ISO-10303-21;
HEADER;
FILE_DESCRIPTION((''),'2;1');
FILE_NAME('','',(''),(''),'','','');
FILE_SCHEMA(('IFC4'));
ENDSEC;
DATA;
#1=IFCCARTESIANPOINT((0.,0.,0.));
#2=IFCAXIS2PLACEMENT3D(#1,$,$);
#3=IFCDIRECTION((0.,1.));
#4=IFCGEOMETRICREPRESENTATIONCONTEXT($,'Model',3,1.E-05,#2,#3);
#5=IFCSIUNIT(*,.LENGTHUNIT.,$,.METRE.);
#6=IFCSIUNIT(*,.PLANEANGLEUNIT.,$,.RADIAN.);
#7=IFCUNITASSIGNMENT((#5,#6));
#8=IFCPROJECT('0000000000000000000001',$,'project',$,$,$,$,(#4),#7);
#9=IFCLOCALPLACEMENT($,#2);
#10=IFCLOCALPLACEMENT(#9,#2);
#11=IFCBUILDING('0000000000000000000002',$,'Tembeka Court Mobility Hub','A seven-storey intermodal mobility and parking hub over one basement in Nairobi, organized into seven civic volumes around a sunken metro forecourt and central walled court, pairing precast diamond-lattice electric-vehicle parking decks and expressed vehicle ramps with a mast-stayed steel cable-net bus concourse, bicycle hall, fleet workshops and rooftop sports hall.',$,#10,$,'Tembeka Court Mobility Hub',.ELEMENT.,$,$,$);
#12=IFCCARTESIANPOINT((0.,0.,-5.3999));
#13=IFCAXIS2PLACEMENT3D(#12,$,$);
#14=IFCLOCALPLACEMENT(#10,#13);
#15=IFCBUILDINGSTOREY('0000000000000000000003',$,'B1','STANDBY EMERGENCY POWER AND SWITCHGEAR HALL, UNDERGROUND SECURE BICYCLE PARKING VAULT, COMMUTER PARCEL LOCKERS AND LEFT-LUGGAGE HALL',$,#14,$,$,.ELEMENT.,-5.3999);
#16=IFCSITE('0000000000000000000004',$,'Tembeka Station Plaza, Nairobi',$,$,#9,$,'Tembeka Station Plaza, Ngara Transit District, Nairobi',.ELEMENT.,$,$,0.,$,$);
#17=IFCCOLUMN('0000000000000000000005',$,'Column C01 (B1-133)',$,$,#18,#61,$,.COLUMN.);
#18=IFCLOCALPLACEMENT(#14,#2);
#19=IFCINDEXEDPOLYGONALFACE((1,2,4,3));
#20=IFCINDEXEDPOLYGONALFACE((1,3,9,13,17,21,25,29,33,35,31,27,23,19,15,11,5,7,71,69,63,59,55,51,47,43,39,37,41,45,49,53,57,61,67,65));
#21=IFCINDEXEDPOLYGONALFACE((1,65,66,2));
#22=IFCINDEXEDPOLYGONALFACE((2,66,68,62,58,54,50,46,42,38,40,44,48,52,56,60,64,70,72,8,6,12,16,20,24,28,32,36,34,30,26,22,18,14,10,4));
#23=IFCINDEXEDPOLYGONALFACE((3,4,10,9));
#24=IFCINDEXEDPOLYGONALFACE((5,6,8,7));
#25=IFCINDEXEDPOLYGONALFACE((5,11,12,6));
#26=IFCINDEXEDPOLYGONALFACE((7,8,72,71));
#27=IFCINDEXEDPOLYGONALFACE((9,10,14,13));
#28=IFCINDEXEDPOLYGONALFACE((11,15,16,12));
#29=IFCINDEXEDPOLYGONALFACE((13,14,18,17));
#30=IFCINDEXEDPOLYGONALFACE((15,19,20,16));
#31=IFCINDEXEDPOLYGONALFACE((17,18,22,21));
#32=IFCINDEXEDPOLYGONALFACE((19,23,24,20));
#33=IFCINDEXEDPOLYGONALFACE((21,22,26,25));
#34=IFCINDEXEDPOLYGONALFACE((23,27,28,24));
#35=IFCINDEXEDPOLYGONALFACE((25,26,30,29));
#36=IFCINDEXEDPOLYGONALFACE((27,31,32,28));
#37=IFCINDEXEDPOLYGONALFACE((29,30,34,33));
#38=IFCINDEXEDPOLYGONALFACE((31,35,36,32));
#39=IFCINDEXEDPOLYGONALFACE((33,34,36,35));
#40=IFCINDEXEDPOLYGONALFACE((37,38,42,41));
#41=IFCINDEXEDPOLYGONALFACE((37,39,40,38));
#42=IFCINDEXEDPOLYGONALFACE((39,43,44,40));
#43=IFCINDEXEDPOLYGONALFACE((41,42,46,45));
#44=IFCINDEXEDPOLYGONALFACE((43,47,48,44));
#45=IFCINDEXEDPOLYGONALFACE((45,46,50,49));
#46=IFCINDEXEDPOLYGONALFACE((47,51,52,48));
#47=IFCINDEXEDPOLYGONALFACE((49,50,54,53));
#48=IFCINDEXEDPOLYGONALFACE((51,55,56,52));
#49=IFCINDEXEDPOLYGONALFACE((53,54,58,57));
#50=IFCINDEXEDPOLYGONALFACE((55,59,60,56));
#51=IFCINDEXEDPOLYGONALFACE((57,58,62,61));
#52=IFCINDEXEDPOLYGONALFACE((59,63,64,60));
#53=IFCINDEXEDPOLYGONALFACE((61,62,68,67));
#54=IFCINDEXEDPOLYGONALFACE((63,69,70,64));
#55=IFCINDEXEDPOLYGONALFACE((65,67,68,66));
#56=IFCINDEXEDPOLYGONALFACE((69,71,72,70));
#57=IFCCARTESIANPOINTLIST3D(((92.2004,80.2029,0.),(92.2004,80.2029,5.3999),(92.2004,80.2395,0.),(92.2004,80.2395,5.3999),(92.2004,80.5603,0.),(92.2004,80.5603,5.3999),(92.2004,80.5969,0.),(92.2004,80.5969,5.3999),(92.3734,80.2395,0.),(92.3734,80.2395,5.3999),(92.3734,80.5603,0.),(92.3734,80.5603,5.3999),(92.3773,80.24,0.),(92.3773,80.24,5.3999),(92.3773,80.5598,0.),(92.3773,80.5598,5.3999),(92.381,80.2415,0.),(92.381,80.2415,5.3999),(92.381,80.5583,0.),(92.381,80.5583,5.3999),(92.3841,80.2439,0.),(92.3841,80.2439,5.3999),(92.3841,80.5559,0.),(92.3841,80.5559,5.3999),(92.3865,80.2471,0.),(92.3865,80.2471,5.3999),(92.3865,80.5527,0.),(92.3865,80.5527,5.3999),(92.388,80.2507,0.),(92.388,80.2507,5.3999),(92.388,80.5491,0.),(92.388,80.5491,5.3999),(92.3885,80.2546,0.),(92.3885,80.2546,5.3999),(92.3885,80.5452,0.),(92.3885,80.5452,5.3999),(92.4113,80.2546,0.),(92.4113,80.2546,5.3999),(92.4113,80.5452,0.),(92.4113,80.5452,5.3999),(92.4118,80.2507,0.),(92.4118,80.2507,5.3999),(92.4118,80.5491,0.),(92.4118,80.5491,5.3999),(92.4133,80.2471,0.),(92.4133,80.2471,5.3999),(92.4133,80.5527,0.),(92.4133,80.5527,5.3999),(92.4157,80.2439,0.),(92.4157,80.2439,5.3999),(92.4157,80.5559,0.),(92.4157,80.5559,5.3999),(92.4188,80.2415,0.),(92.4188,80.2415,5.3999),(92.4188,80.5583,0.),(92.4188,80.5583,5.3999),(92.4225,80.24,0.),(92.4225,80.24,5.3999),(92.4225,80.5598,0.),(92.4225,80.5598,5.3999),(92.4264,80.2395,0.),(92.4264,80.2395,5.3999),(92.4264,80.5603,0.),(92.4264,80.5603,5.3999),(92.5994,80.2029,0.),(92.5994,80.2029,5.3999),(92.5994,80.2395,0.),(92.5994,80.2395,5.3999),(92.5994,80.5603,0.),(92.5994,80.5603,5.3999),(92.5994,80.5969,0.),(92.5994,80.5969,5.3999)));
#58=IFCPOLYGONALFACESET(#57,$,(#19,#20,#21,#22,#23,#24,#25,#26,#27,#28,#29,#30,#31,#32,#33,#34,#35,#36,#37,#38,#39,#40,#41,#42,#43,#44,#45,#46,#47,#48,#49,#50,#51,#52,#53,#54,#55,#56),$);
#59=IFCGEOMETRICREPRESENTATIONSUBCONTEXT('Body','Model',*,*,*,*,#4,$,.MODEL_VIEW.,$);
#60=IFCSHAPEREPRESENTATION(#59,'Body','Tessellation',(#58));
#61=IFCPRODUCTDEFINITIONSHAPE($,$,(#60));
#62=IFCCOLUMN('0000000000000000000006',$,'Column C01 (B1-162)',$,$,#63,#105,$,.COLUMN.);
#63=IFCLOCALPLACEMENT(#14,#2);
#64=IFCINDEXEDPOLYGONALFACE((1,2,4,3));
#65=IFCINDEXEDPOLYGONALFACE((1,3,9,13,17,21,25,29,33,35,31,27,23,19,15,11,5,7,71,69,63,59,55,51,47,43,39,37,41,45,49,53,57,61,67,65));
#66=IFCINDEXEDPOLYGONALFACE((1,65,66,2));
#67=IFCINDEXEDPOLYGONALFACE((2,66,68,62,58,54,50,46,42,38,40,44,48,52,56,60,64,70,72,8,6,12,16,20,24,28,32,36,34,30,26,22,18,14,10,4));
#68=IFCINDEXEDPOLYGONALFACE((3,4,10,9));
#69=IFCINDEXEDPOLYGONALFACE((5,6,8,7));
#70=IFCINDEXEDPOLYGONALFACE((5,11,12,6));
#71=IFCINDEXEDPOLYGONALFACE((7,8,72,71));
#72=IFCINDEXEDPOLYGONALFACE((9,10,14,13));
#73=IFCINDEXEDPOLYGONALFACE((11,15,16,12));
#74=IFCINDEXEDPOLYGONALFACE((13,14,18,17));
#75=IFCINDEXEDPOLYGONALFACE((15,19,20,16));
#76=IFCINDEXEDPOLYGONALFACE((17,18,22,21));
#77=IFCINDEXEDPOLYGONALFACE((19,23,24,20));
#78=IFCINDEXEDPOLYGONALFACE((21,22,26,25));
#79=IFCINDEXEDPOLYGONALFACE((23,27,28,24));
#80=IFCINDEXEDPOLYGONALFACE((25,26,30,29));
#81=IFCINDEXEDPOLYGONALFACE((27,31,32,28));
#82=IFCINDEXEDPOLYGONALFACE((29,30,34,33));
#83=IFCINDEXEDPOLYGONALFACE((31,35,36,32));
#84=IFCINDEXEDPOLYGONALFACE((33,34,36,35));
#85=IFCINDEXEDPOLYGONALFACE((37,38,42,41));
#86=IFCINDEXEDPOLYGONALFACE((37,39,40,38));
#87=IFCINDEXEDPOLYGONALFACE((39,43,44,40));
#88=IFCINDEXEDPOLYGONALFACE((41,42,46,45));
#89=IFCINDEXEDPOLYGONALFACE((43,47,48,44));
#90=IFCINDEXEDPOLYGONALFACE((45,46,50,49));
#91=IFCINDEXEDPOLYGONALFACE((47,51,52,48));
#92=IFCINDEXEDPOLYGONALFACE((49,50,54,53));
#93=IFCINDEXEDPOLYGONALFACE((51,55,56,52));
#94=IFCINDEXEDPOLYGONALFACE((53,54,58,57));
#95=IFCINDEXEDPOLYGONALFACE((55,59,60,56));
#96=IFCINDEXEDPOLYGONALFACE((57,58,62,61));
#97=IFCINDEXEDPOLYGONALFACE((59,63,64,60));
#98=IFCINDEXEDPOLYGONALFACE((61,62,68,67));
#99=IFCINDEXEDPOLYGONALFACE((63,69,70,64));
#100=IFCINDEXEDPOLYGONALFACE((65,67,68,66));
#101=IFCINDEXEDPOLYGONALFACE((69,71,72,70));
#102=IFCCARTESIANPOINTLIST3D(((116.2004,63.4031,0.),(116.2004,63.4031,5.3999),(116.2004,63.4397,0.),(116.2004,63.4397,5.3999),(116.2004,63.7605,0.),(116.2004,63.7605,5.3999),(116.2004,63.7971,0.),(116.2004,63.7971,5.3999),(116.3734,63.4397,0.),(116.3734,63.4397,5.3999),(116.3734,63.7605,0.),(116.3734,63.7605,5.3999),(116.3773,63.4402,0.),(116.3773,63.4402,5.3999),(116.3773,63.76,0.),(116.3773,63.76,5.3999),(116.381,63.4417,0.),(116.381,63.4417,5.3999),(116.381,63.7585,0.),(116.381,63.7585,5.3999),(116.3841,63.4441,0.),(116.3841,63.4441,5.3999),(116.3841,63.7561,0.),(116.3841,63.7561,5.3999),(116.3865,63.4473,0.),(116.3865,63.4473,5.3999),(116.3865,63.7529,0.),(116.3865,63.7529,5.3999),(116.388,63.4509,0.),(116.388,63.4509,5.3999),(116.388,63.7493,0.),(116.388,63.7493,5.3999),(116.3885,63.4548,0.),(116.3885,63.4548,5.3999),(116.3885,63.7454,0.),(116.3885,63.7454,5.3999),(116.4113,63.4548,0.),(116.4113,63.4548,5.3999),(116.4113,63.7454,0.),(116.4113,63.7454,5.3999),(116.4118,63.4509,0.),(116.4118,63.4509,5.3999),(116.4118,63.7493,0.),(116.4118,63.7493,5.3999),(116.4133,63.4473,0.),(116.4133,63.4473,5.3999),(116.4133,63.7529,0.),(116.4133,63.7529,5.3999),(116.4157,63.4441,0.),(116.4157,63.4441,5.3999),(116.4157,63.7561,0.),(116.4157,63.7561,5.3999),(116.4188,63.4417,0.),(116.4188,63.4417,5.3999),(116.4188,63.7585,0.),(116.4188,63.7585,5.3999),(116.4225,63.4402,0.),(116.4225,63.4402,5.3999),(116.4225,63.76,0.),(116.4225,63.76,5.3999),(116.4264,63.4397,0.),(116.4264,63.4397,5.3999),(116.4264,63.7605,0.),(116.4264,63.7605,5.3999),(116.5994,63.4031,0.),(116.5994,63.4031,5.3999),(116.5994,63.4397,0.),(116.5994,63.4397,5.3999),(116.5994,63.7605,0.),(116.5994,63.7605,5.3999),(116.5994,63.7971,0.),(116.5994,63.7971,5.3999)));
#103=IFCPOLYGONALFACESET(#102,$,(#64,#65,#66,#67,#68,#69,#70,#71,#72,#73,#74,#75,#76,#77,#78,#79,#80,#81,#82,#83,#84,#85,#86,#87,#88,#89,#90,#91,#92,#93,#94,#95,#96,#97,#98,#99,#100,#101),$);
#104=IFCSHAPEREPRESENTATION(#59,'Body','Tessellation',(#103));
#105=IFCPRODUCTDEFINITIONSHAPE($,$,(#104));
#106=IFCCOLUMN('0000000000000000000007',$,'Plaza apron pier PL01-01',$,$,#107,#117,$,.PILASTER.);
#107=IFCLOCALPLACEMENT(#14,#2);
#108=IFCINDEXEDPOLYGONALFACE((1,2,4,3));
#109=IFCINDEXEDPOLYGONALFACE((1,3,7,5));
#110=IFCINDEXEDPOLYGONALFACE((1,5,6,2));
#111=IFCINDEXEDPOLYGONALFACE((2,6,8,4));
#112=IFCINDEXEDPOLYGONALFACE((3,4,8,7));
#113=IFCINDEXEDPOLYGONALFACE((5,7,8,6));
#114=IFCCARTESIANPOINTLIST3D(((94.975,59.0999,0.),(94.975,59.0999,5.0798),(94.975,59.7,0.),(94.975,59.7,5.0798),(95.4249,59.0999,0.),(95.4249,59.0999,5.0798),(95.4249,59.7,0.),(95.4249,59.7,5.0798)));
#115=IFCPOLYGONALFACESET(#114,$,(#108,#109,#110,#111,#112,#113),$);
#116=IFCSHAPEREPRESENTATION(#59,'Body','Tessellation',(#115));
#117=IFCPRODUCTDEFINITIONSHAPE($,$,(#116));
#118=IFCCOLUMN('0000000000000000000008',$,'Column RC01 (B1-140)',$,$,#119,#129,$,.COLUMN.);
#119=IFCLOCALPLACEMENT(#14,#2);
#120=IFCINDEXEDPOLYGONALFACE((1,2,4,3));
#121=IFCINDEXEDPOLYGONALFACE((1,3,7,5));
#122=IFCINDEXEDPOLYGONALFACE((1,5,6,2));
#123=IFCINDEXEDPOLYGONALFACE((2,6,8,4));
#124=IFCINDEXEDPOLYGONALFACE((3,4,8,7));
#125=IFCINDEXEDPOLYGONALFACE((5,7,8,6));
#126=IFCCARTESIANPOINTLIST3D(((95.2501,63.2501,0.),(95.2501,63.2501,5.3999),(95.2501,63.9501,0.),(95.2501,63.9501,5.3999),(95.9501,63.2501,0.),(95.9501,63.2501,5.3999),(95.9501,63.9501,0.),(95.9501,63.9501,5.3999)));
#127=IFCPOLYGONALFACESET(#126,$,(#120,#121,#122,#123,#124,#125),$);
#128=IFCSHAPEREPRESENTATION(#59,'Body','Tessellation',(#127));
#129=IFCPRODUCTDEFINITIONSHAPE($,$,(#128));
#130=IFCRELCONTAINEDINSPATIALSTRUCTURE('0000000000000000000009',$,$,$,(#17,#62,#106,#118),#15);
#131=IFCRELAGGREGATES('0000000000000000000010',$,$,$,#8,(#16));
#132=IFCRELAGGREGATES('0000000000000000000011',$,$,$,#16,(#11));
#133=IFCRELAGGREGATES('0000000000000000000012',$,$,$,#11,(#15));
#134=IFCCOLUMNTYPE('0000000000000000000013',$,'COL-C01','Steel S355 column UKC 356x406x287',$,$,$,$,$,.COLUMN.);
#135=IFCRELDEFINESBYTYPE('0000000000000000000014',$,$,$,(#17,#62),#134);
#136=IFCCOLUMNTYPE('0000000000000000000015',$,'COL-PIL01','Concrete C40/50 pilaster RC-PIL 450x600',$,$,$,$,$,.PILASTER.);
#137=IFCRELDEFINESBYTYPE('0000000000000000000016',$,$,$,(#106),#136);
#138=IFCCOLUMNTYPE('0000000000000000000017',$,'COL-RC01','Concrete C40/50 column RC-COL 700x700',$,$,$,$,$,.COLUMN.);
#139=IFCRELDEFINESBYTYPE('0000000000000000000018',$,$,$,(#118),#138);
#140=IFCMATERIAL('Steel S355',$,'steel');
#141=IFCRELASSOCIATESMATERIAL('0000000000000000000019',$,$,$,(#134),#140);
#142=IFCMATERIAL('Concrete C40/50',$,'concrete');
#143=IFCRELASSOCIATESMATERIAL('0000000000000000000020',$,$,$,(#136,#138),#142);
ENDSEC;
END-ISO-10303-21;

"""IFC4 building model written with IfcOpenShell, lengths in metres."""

from ifc_helpers import new_model, si_unit, direction, frame, origin, origin_2d, place, context, subcontext, project, spatial, rectangle, i_section, extrude, material, material_profile, profile_set, type_object, element, save


model = new_model("IFC4")

# Units and contexts
model_context = context("Model", 3, precision=1e-05, world=origin(), true_north=direction((0.0, 1.0)))
body_context = subcontext(model_context, "Body", "Model", "MODEL_VIEW")
ifc_project = project(units=[si_unit("LENGTHUNIT", "METRE"), si_unit("PLANEANGLEUNIT", "RADIAN")], contexts=[model_context])

# Site, building, storey
site_placement = place(None, origin())
site = spatial("IfcSite", under=ifc_project, at=site_placement, Name="Tembeka Station Plaza, Nairobi", LongName="Tembeka Station Plaza, Ngara Transit District, Nairobi", CompositionType="ELEMENT", RefElevation=0.0)
building_placement = place(site_placement, origin())
building = spatial("IfcBuilding", under=site, at=building_placement, Name="Tembeka Court Mobility Hub", Description="A seven-storey intermodal mobility and parking hub over one basement in Nairobi, organized into seven civic volumes around a sunken metro forecourt and central walled court, pairing precast diamond-lattice electric-vehicle parking decks and expressed vehicle ramps with a mast-stayed steel cable-net bus concourse, bicycle hall, fleet workshops and rooftop sports hall.", LongName="Tembeka Court Mobility Hub", CompositionType="ELEMENT")
storey_placement = place(building_placement, frame((0.0, 0.0, -5.3999)))
storey = spatial("IfcBuildingStorey", under=building, at=storey_placement, Name="B1", Description="STANDBY EMERGENCY POWER AND SWITCHGEAR HALL, UNDERGROUND SECURE BICYCLE PARKING VAULT, COMMUTER PARCEL LOCKERS AND LEFT-LUGGAGE HALL", CompositionType="ELEMENT", Elevation=-5.3999)

# Shared definitions
ifc_material_1 = material(Name="Concrete C40/50", Category="concrete")

# Columns
ifc_material_2 = material(Name="Steel S355", Category="steel")
ifc_material_profile_1 = material_profile(ifc_material_2, i_section(OverallWidth=0.3989, OverallDepth=0.394, WebThickness=0.0227, FlangeThickness=0.0366, FilletRadius=0.0151, at=origin_2d()), Name="UKC 356x406x287")
ifc_profile_set_1 = profile_set([ifc_material_profile_1], Name="Steel S355")
column_type_1 = type_object("IfcColumnType", Name="COL-C01", Description="Steel S355 column UKC 356x406x287", PredefinedType="COLUMN", material=ifc_profile_set_1)
for number, where, z_axis, x_axis, name in (
    (1, (92.3999, 80.3999, 0.0), (0.0, 0.0, 1.0), (1.0, 0.0, 0.0), "Column C01 (B1-133)"),
    (2, (116.3999, 63.6001, 0.0), (0.0, 0.0, 1.0), (1.0, 0.0, 0.0), "Column C01 (B1-162)"),
):
    element("IfcColumn", number, at=place(storey_placement, frame(where, z_axis=z_axis, x_axis=x_axis)), inside=storey, type_object=column_type_1, Name=name, PredefinedType="COLUMN", context=body_context, shape_type="SweptSolid", body=[
        extrude(i_section(OverallWidth=0.3989, OverallDepth=0.394, WebThickness=0.0227, FlangeThickness=0.0366, FilletRadius=0.0151, at=origin_2d()), origin(), (0.0, 0.0, 1.0), 5.3999),
    ])
ifc_material_profile_2 = material_profile(ifc_material_1, rectangle(XDim=0.45, YDim=0.6001, at=origin_2d()), Name="RC-PIL 450x600")
ifc_profile_set_2 = profile_set([ifc_material_profile_2], Name="Concrete C40/50")
column_type_2 = type_object("IfcColumnType", Name="COL-PIL01", Description="Concrete C40/50 pilaster RC-PIL 450x600", PredefinedType="PILASTER", material=ifc_profile_set_2)
column_1_placement = place(storey_placement, frame((95.2, 59.3999, 0.0), z_axis=(0.0, 0.0, 1.0), x_axis=(1.0, 0.0, 0.0)))
element("IfcColumn", 3, at=column_1_placement, inside=storey, type_object=column_type_2, Name="Plaza apron pier PL01-01", PredefinedType="PILASTER", context=body_context, shape_type="SweptSolid", body=[
    extrude(rectangle(XDim=0.45, YDim=0.6001, at=origin_2d()), origin(), (0.0, 0.0, 1.0), 5.0798),
])
ifc_material_profile_3 = material_profile(ifc_material_1, rectangle(XDim=0.7, YDim=0.7, at=origin_2d()), Name="RC-COL 700x700")
ifc_profile_set_3 = profile_set([ifc_material_profile_3], Name="Concrete C40/50")
column_type_3 = type_object("IfcColumnType", Name="COL-RC01", Description="Concrete C40/50 column RC-COL 700x700", PredefinedType="COLUMN", material=ifc_profile_set_3)
column_2_placement = place(storey_placement, frame((95.6001, 63.6001, 0.0), z_axis=(0.0, 0.0, 1.0), x_axis=(1.0, 0.0, 0.0)))
element("IfcColumn", 4, at=column_2_placement, inside=storey, type_object=column_type_3, Name="Column RC01 (B1-140)", PredefinedType="COLUMN", context=body_context, shape_type="SweptSolid", body=[
    extrude(rectangle(XDim=0.7, YDim=0.7, at=origin_2d()), origin(), (0.0, 0.0, 1.0), 5.3999),
])

save(model, "model.ifc")
